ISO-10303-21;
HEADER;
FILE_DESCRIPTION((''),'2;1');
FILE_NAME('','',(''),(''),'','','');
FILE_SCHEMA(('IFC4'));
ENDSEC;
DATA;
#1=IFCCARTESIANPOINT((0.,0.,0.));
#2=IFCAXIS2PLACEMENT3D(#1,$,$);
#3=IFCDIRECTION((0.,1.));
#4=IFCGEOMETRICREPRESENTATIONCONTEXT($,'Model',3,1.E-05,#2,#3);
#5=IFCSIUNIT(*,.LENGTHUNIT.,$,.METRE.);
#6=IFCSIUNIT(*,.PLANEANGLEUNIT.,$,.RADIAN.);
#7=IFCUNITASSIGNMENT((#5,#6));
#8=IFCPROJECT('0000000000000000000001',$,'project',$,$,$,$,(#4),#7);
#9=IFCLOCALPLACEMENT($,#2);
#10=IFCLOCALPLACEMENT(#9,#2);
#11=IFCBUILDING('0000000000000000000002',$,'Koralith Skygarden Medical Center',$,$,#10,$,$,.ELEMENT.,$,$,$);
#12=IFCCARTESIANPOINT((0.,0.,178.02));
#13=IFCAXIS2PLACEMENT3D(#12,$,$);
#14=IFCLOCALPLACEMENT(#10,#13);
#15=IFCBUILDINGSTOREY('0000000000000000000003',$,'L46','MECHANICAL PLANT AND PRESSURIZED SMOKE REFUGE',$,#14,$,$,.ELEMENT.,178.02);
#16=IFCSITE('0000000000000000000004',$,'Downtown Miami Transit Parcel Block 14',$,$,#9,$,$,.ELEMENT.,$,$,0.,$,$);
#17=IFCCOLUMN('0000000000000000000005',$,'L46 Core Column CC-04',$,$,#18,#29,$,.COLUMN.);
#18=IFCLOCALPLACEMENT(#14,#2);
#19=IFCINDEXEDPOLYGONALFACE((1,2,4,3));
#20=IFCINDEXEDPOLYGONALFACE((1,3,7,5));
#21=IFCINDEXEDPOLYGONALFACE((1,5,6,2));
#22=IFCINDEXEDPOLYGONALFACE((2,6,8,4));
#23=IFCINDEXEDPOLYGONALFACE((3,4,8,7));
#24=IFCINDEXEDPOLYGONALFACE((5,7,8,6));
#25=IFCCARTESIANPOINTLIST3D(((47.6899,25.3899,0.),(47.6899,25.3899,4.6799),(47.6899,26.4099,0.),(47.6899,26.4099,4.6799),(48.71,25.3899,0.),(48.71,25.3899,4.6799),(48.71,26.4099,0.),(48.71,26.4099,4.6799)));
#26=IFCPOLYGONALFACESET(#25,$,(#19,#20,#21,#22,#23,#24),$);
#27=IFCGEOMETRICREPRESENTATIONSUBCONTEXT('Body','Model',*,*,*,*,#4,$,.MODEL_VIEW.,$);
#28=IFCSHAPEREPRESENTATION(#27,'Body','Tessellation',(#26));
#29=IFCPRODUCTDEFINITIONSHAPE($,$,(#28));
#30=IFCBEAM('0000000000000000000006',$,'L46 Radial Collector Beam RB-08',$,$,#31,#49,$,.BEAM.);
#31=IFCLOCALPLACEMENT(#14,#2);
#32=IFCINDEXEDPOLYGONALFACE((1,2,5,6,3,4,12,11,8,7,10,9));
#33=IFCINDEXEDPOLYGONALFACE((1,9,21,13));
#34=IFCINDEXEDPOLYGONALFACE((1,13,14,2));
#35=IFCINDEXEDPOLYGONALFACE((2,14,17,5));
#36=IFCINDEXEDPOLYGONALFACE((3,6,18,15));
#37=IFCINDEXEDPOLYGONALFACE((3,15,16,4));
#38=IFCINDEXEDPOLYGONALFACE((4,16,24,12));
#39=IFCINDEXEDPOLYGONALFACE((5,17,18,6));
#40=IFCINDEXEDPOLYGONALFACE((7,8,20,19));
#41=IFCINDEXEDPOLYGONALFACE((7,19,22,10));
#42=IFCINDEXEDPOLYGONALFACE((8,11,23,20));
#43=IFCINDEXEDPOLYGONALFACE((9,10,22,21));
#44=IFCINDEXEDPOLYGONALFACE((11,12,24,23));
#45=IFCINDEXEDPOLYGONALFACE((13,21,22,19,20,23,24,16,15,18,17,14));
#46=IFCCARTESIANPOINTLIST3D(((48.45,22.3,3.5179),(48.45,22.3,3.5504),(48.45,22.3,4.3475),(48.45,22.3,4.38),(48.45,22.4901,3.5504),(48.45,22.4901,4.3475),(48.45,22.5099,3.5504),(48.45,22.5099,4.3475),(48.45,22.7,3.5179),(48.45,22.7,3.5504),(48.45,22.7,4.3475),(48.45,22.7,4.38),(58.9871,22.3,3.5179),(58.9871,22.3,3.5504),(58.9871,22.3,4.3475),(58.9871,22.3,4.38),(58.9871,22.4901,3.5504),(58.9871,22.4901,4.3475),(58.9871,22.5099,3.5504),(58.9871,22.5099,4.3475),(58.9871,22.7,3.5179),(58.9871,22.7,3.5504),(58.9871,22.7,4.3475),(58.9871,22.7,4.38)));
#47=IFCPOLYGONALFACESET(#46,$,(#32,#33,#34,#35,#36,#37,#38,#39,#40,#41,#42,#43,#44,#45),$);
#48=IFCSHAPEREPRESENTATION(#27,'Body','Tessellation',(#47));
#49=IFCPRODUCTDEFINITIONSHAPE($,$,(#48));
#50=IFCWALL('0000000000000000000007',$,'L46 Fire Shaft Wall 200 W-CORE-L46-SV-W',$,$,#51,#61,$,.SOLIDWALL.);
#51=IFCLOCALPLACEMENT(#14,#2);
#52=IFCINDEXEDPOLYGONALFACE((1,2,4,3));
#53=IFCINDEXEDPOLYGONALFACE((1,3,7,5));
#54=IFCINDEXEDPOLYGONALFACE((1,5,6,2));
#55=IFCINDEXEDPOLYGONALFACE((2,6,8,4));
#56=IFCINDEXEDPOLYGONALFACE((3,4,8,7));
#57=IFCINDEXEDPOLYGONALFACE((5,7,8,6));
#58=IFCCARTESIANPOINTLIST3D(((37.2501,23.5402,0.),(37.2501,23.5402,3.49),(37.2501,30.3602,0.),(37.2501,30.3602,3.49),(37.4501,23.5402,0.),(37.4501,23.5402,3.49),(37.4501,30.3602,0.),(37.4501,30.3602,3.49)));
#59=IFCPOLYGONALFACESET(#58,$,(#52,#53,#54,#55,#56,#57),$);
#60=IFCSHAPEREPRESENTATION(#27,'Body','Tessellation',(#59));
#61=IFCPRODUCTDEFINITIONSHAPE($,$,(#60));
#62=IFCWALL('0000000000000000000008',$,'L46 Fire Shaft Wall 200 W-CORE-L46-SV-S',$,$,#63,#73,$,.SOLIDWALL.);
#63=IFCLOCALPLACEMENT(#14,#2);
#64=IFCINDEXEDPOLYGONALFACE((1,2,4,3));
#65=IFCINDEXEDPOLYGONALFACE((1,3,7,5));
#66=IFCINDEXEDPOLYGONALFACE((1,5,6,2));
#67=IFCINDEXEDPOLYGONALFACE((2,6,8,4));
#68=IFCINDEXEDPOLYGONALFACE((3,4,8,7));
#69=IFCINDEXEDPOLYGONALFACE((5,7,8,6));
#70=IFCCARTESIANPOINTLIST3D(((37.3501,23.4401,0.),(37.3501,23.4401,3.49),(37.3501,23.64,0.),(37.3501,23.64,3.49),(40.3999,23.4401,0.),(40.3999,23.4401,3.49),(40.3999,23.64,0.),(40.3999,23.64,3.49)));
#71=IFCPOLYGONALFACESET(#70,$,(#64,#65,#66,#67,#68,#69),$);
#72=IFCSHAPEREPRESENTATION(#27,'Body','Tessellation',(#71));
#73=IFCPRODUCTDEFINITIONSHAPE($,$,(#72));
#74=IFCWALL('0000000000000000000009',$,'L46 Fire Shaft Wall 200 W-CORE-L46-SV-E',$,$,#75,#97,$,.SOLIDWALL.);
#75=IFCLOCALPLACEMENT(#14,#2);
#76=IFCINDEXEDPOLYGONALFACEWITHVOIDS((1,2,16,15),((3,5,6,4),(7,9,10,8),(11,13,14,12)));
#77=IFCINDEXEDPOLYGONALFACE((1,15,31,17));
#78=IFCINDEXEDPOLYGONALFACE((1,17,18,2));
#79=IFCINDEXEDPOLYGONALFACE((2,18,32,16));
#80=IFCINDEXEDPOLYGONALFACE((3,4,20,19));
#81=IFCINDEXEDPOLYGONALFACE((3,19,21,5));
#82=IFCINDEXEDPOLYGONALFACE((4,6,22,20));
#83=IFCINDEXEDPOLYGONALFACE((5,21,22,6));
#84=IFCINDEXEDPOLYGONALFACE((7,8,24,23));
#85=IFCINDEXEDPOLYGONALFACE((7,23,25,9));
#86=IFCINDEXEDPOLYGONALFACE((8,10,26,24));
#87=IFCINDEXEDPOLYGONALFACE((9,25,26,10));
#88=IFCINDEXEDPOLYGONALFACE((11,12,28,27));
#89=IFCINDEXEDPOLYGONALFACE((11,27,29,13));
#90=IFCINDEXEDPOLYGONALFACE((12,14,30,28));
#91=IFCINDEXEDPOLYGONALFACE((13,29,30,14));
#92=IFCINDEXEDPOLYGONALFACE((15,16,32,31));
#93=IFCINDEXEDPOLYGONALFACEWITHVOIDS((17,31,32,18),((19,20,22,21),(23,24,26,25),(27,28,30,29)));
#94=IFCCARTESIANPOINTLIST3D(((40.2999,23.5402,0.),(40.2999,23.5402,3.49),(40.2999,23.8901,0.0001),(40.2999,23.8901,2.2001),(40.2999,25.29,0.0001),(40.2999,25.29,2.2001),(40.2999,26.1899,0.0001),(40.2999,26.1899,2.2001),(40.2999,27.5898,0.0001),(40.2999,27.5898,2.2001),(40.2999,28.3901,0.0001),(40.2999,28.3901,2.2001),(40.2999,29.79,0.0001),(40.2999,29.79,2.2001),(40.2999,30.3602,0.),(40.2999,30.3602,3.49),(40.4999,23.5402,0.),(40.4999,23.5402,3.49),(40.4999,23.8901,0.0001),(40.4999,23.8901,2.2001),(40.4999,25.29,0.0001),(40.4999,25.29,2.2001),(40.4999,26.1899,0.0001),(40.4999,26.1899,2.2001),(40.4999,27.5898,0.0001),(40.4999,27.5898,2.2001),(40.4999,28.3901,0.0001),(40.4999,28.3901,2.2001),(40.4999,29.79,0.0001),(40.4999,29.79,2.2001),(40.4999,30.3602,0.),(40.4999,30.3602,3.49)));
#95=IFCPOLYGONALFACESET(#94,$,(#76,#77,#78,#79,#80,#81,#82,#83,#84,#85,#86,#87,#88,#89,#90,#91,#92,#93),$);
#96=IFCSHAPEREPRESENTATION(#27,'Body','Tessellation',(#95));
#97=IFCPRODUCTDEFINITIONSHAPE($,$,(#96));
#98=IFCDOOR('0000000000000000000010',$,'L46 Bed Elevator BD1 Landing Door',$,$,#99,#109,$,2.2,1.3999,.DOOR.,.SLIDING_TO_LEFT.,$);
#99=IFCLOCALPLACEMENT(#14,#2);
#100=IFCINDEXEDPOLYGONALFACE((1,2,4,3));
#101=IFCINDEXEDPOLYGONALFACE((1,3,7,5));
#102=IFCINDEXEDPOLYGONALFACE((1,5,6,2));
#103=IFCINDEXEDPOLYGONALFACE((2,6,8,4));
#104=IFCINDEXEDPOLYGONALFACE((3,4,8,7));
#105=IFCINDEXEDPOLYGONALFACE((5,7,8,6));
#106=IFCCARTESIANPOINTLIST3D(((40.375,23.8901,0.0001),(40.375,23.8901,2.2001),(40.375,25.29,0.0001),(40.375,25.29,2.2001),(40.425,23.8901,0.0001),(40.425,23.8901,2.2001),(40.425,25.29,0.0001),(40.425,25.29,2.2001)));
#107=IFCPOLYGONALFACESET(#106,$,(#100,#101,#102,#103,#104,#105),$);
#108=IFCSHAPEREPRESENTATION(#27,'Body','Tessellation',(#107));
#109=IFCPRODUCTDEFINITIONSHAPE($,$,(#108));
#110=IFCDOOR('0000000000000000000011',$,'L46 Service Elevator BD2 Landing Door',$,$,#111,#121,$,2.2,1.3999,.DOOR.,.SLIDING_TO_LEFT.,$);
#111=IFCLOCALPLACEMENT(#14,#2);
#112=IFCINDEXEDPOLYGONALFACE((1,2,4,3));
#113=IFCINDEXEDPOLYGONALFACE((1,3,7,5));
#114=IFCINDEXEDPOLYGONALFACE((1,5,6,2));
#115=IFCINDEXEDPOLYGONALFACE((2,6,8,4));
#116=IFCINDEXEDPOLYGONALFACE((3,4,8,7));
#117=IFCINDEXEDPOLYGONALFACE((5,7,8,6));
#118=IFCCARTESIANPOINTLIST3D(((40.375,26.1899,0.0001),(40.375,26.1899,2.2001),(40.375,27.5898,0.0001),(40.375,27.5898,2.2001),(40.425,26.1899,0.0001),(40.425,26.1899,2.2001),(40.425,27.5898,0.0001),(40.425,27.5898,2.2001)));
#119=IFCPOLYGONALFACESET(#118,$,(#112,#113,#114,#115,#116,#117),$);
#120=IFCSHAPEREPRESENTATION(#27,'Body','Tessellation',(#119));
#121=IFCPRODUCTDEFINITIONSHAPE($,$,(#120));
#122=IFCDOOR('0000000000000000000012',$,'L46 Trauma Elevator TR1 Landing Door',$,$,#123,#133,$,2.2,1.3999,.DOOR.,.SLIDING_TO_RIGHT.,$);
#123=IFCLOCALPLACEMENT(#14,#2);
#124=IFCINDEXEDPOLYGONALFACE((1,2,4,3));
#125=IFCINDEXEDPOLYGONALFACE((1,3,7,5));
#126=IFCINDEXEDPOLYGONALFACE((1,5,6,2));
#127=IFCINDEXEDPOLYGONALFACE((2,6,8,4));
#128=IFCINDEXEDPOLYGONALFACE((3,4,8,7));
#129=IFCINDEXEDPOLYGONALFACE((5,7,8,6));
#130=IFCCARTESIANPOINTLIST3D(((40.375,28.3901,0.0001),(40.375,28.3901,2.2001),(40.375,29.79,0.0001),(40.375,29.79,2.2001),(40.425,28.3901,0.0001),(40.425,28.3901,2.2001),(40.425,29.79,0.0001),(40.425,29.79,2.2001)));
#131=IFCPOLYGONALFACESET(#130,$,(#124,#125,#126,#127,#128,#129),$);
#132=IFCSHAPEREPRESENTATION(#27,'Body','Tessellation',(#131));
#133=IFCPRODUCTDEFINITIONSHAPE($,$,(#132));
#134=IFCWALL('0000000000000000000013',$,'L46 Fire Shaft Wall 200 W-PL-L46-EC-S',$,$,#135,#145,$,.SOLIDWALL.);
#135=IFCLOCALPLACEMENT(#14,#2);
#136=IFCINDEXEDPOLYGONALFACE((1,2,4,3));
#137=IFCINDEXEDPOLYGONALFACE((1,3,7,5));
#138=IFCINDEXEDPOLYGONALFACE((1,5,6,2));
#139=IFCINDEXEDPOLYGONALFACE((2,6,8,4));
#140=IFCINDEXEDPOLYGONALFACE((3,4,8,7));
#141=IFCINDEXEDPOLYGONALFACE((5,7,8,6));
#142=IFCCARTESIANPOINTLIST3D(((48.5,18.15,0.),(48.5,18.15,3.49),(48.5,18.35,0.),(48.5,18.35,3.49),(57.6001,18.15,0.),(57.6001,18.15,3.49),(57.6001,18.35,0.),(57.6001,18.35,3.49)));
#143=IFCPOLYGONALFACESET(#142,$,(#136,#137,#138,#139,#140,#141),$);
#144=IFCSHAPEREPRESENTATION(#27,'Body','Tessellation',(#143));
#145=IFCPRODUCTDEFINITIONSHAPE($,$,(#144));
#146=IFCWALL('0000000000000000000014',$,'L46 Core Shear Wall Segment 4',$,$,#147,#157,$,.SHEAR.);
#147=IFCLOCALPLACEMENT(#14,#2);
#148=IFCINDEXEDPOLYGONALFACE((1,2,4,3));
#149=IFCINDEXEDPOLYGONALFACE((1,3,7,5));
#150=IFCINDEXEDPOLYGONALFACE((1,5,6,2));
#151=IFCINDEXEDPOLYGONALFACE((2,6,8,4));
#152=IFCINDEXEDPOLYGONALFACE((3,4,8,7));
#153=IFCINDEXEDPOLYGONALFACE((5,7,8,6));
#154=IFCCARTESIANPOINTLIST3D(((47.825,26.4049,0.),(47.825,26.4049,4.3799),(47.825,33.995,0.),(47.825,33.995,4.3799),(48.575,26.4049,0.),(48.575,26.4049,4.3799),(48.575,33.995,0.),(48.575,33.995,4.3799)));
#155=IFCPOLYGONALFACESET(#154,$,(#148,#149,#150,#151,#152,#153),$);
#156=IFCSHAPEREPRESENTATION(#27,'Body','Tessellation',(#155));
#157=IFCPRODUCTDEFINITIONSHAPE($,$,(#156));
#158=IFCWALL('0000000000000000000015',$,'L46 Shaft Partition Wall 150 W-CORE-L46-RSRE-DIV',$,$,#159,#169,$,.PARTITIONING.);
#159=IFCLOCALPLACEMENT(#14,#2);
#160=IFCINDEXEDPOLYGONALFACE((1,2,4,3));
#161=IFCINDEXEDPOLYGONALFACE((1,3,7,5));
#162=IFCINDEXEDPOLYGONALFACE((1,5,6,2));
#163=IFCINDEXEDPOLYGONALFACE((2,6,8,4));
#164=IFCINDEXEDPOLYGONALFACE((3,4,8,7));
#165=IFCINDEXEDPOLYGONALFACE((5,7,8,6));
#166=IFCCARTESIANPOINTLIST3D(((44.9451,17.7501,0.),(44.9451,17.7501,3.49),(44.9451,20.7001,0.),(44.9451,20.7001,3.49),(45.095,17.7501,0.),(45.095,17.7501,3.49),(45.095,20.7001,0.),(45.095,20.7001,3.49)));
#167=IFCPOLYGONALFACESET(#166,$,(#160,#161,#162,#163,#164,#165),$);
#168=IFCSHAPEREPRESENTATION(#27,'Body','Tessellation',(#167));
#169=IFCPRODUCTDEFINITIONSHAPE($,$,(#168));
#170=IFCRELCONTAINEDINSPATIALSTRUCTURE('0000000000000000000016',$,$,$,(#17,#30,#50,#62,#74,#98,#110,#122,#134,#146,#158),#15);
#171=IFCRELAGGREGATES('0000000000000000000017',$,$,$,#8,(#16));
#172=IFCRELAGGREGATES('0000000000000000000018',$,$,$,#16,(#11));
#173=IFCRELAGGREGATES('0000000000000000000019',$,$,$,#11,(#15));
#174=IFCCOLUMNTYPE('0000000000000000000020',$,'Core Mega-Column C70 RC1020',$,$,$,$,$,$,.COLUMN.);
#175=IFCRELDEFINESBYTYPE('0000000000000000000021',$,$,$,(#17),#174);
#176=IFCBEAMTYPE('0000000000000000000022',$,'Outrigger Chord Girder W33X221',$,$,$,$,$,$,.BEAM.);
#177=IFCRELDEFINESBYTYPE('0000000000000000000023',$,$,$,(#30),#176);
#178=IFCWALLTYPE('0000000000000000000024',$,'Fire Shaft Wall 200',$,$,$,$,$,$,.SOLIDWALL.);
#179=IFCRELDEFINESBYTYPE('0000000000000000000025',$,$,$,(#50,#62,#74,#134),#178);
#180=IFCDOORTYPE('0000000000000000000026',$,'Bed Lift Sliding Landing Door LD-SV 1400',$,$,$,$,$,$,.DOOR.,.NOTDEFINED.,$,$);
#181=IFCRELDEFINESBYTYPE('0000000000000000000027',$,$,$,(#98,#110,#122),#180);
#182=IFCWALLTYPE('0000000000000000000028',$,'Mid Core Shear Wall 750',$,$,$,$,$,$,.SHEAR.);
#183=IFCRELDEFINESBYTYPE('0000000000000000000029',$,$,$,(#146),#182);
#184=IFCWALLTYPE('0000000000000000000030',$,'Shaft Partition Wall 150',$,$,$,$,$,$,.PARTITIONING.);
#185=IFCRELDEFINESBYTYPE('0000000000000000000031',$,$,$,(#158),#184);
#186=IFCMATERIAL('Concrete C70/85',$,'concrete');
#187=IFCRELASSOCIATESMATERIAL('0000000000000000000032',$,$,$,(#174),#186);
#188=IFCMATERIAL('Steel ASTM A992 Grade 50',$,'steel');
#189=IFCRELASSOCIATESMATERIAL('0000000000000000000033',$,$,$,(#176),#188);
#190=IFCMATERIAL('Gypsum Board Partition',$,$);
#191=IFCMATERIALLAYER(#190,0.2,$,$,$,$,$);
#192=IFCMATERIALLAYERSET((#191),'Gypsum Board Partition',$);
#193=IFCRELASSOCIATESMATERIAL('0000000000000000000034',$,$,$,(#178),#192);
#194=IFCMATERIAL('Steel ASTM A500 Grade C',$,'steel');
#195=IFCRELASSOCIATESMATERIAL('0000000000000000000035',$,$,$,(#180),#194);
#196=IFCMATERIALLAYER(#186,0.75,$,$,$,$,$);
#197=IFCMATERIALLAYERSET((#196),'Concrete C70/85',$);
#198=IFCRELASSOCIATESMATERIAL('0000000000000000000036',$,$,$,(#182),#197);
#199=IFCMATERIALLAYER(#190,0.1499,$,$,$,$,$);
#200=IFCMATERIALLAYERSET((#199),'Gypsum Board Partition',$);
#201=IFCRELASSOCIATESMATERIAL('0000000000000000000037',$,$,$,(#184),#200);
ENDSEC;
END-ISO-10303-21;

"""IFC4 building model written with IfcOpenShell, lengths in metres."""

from ifc_helpers import new_model, si_unit, direction, frame, frame_2d, origin, origin_2d, place, context, subcontext, project, spatial, rectangle, i_section, extrude, material, layer, layer_set, material_profile, profile_set, type_object, element, fill, save


model = new_model("IFC4")

# Units and contexts
model_context = context("Model", 3, precision=1e-05, world=origin(), true_north=direction((0.0, 1.0)))
body_context = subcontext(model_context, "Body", "Model", "MODEL_VIEW")
ifc_project = project(units=[si_unit("LENGTHUNIT", "METRE"), si_unit("PLANEANGLEUNIT", "RADIAN")], contexts=[model_context])

# Site, building, storey
site_placement = place(None, origin())
site = spatial("IfcSite", under=ifc_project, at=site_placement, Name="Downtown Miami Transit Parcel Block 14", CompositionType="ELEMENT", RefElevation=0.0)
building_placement = place(site_placement, origin())
building = spatial("IfcBuilding", under=site, at=building_placement, Name="Koralith Skygarden Medical Center", CompositionType="ELEMENT")
storey_placement = place(building_placement, frame((0.0, 0.0, 178.02)))
storey = spatial("IfcBuildingStorey", under=building, at=storey_placement, Name="L46", Description="MECHANICAL PLANT AND PRESSURIZED SMOKE REFUGE", CompositionType="ELEMENT", Elevation=178.02)

# Column
ifc_material_1 = material(Name="Concrete C70/85", Category="concrete")
ifc_material_profile_1 = material_profile(ifc_material_1, rectangle(XDim=1.02, YDim=1.02, at=origin_2d()), Name="RC1020X1020")
ifc_profile_set_1 = profile_set([ifc_material_profile_1], Name="Concrete C70/85")
column_type = type_object("IfcColumnType", Name="Core Mega-Column C70 RC1020", PredefinedType="COLUMN", material=ifc_profile_set_1)
column_placement = place(storey_placement, frame((48.2, 25.8999, 0.0), z_axis=(0.0, 0.0, 1.0), x_axis=(1.0, 0.0, 0.0)))
element("IfcColumn", 1, at=column_placement, inside=storey, type_object=column_type, Name="L46 Core Column CC-04", PredefinedType="COLUMN", context=body_context, shape_type="SweptSolid", body=[
    extrude(rectangle(XDim=1.02, YDim=1.02, at=origin_2d()), origin(), (0.0, 0.0, 1.0), 4.6799),
])

# Beam
ifc_material_2 = material(Name="Steel ASTM A992 Grade 50", Category="steel")
ifc_material_profile_2 = material_profile(ifc_material_2, i_section(OverallWidth=0.3999, OverallDepth=0.8621, WebThickness=0.0198, FlangeThickness=0.0325, at=origin_2d()), Name="W33X221")
ifc_profile_set_2 = profile_set([ifc_material_profile_2], Name="Steel ASTM A992 Grade 50")
beam_type = type_object("IfcBeamType", Name="Outrigger Chord Girder W33X221", PredefinedType="BEAM", material=ifc_profile_set_2)
beam_placement = place(storey_placement, frame((48.45, 22.5, 3.949), z_axis=(1.0, 0.0, 0.0), x_axis=(0.0, 1.0, 0.0)))
element("IfcBeam", 2, at=beam_placement, inside=storey, type_object=beam_type, Name="L46 Radial Collector Beam RB-08", PredefinedType="BEAM", context=body_context, shape_type="SweptSolid", body=[
    extrude(i_section(OverallWidth=0.3999, OverallDepth=0.8621, WebThickness=0.0198, FlangeThickness=0.0325, at=origin_2d()), origin(), (0.0, 0.0, 1.0), 10.5371),
])

# Shared definitions
ifc_material_3 = material(Name="Gypsum Board Partition")
ifc_layer_1 = layer(ifc_material_3, 0.2)
ifc_layer_set_1 = layer_set([ifc_layer_1], Name="Gypsum Board Partition")
wall_type_1 = type_object("IfcWallType", Name="Fire Shaft Wall 200", PredefinedType="SOLIDWALL", material=ifc_layer_set_1)
ifc_material_4 = material(Name="Steel ASTM A500 Grade C", Category="steel")

# Walls
wall_1_placement = place(storey_placement, frame((37.3501, 23.54, 0.0), z_axis=(0.0, 0.0, 1.0), x_axis=(0.0, 1.0, 0.0)))
element("IfcWall", 3, at=wall_1_placement, inside=storey, type_object=wall_type_1, Name="L46 Fire Shaft Wall 200 W-CORE-L46-SV-W", PredefinedType="SOLIDWALL", context=body_context, shape_type="SweptSolid", body=[
    extrude(rectangle(XDim=6.8201, YDim=0.2, at=frame_2d((3.4102, 0.0))), origin(), (0.0, 0.0, 1.0), 3.49),
])
wall_2_placement = place(storey_placement, frame((37.3501, 23.54, 0.0), z_axis=(0.0, 0.0, 1.0), x_axis=(1.0, 0.0, 0.0)))
element("IfcWall", 4, at=wall_2_placement, inside=storey, type_object=wall_type_1, Name="L46 Fire Shaft Wall 200 W-CORE-L46-SV-S", PredefinedType="SOLIDWALL", context=body_context, shape_type="SweptSolid", body=[
    extrude(rectangle(XDim=3.0498, YDim=0.2, at=frame_2d((1.5249, 0.0))), origin(), (0.0, 0.0, 1.0), 3.49),
])

# Wall, openings, doors
wall_3_placement = place(storey_placement, frame((40.3999, 23.54, 0.0), z_axis=(0.0, 0.0, 1.0), x_axis=(0.0, 1.0, 0.0)))
wall_3 = element("IfcWall", 5, at=wall_3_placement, inside=storey, type_object=wall_type_1, Name="L46 Fire Shaft Wall 200 W-CORE-L46-SV-E", PredefinedType="SOLIDWALL", context=body_context, shape_type="SweptSolid", body=[
    extrude(rectangle(XDim=6.8201, YDim=0.2, at=frame_2d((3.4102, 0.0))), origin(), (0.0, 0.0, 1.0), 3.49),
])
opening_1_placement = place(wall_3_placement, frame((0.3501, 0.0, 0.0)))
opening_1 = element("IfcOpeningElement", 6, at=opening_1_placement, cuts=wall_3, PredefinedType="OPENING", context=body_context, shape_type="SweptSolid", body=[
    extrude(rectangle(XDim=1.3999, YDim=2.2, at=frame_2d((0.7, 1.1001))), frame((0.0, 0.1099, 0.0), z_axis=(0.0, -1.0, 0.0), x_axis=(1.0, 0.0, 0.0)), (0.0, 0.0, 1.0), 0.22),
])
opening_2_placement = place(wall_3_placement, frame((2.6499, 0.0, 0.0)))
opening_2 = element("IfcOpeningElement", 7, at=opening_2_placement, cuts=wall_3, PredefinedType="OPENING", context=body_context, shape_type="SweptSolid", body=[
    extrude(rectangle(XDim=1.3999, YDim=2.2, at=frame_2d((0.7, 1.1001))), frame((0.0, 0.1099, 0.0), z_axis=(0.0, -1.0, 0.0), x_axis=(1.0, 0.0, 0.0)), (0.0, 0.0, 1.0), 0.22),
])
opening_3_placement = place(wall_3_placement, frame((4.8501, 0.0, 0.0)))
opening_3 = element("IfcOpeningElement", 8, at=opening_3_placement, cuts=wall_3, PredefinedType="OPENING", context=body_context, shape_type="SweptSolid", body=[
    extrude(rectangle(XDim=1.3999, YDim=2.2, at=frame_2d((0.7, 1.1001))), frame((0.0, 0.1099, 0.0), z_axis=(0.0, -1.0, 0.0), x_axis=(1.0, 0.0, 0.0)), (0.0, 0.0, 1.0), 0.22),
])
door_type_1 = type_object("IfcDoorType", Name="Bed Lift Sliding Landing Door LD-SV 1400", OperationType="NOTDEFINED", PredefinedType="DOOR", material=ifc_material_4)
door_1_placement = place(opening_1_placement, origin())
door_1 = element("IfcDoor", 9, at=door_1_placement, inside=storey, type_object=door_type_1, Name="L46 Bed Elevator BD1 Landing Door", OperationType="SLIDING_TO_LEFT", OverallHeight=2.2, OverallWidth=1.3999, PredefinedType="DOOR", context=body_context, shape_type="SweptSolid", body=[
    extrude(rectangle(XDim=1.3999, YDim=2.2, at=frame_2d((0.7, 1.1001))), frame((0.0, 0.0249, 0.0), z_axis=(0.0, -1.0, 0.0), x_axis=(1.0, 0.0, 0.0)), (0.0, 0.0, 1.0), 0.05),
])
fill(opening_1, door_1)
door_2_placement = place(opening_2_placement, origin())
door_2 = element("IfcDoor", 10, at=door_2_placement, inside=storey, type_object=door_type_1, Name="L46 Service Elevator BD2 Landing Door", OperationType="SLIDING_TO_LEFT", OverallHeight=2.2, OverallWidth=1.3999, PredefinedType="DOOR", context=body_context, shape_type="SweptSolid", body=[
    extrude(rectangle(XDim=1.3999, YDim=2.2, at=frame_2d((0.7, 1.1001))), frame((0.0, 0.0249, 0.0), z_axis=(0.0, -1.0, 0.0), x_axis=(1.0, 0.0, 0.0)), (0.0, 0.0, 1.0), 0.05),
])
fill(opening_2, door_2)
door_3_placement = place(opening_3_placement, origin())
door_3 = element("IfcDoor", 11, at=door_3_placement, inside=storey, type_object=door_type_1, Name="L46 Trauma Elevator TR1 Landing Door", OperationType="SLIDING_TO_RIGHT", OverallHeight=2.2, OverallWidth=1.3999, PredefinedType="DOOR", context=body_context, shape_type="SweptSolid", body=[
    extrude(rectangle(XDim=1.3999, YDim=2.2, at=frame_2d((0.7, 1.1001))), frame((0.0, 0.0249, 0.0), z_axis=(0.0, -1.0, 0.0), x_axis=(1.0, 0.0, 0.0)), (0.0, 0.0, 1.0), 0.05),
])
fill(opening_3, door_3)

# Wall
wall_4_placement = place(storey_placement, frame((48.5, 18.25, 0.0), z_axis=(0.0, 0.0, 1.0), x_axis=(1.0, 0.0, 0.0)))
element("IfcWall", 12, at=wall_4_placement, inside=storey, type_object=wall_type_1, Name="L46 Fire Shaft Wall 200 W-PL-L46-EC-S", PredefinedType="SOLIDWALL", context=body_context, shape_type="SweptSolid", body=[
    extrude(rectangle(XDim=9.1001, YDim=0.2, at=frame_2d((4.55, 0.0))), origin(), (0.0, 0.0, 1.0), 3.49),
])

# Shared definitions
ifc_layer_2 = layer(ifc_material_1, 0.75)
ifc_layer_set_2 = layer_set([ifc_layer_2], Name="Concrete C70/85")
wall_type_2 = type_object("IfcWallType", Name="Mid Core Shear Wall 750", PredefinedType="SHEAR", material=ifc_layer_set_2)

# Walls
wall_5_placement = place(storey_placement, frame((48.2, 26.405, 0.0), z_axis=(0.0, 0.0, 1.0), x_axis=(0.0, 1.0, 0.0)))
element("IfcWall", 13, at=wall_5_placement, inside=storey, type_object=wall_type_2, Name="L46 Core Shear Wall Segment 4", PredefinedType="SHEAR", context=body_context, shape_type="SweptSolid", body=[
    extrude(rectangle(XDim=7.5901, YDim=0.75, at=frame_2d((3.7949, 0.0))), origin(), (0.0, 0.0, 1.0), 4.3799),
])
ifc_layer_3 = layer(ifc_material_3, 0.1499)
ifc_layer_set_3 = layer_set([ifc_layer_3], Name="Gypsum Board Partition")
wall_type_3 = type_object("IfcWallType", Name="Shaft Partition Wall 150", PredefinedType="PARTITIONING", material=ifc_layer_set_3)
wall_6_placement = place(storey_placement, frame((45.02, 17.75, 0.0), z_axis=(0.0, 0.0, 1.0), x_axis=(0.0, 1.0, 0.0)))
element("IfcWall", 14, at=wall_6_placement, inside=storey, type_object=wall_type_3, Name="L46 Shaft Partition Wall 150 W-CORE-L46-RSRE-DIV", PredefinedType="PARTITIONING", context=body_context, shape_type="SweptSolid", body=[
    extrude(rectangle(XDim=2.95, YDim=0.1499, at=frame_2d((1.4751, 0.0))), origin(), (0.0, 0.0, 1.0), 3.49),
])

save(model, "model.ifc")
